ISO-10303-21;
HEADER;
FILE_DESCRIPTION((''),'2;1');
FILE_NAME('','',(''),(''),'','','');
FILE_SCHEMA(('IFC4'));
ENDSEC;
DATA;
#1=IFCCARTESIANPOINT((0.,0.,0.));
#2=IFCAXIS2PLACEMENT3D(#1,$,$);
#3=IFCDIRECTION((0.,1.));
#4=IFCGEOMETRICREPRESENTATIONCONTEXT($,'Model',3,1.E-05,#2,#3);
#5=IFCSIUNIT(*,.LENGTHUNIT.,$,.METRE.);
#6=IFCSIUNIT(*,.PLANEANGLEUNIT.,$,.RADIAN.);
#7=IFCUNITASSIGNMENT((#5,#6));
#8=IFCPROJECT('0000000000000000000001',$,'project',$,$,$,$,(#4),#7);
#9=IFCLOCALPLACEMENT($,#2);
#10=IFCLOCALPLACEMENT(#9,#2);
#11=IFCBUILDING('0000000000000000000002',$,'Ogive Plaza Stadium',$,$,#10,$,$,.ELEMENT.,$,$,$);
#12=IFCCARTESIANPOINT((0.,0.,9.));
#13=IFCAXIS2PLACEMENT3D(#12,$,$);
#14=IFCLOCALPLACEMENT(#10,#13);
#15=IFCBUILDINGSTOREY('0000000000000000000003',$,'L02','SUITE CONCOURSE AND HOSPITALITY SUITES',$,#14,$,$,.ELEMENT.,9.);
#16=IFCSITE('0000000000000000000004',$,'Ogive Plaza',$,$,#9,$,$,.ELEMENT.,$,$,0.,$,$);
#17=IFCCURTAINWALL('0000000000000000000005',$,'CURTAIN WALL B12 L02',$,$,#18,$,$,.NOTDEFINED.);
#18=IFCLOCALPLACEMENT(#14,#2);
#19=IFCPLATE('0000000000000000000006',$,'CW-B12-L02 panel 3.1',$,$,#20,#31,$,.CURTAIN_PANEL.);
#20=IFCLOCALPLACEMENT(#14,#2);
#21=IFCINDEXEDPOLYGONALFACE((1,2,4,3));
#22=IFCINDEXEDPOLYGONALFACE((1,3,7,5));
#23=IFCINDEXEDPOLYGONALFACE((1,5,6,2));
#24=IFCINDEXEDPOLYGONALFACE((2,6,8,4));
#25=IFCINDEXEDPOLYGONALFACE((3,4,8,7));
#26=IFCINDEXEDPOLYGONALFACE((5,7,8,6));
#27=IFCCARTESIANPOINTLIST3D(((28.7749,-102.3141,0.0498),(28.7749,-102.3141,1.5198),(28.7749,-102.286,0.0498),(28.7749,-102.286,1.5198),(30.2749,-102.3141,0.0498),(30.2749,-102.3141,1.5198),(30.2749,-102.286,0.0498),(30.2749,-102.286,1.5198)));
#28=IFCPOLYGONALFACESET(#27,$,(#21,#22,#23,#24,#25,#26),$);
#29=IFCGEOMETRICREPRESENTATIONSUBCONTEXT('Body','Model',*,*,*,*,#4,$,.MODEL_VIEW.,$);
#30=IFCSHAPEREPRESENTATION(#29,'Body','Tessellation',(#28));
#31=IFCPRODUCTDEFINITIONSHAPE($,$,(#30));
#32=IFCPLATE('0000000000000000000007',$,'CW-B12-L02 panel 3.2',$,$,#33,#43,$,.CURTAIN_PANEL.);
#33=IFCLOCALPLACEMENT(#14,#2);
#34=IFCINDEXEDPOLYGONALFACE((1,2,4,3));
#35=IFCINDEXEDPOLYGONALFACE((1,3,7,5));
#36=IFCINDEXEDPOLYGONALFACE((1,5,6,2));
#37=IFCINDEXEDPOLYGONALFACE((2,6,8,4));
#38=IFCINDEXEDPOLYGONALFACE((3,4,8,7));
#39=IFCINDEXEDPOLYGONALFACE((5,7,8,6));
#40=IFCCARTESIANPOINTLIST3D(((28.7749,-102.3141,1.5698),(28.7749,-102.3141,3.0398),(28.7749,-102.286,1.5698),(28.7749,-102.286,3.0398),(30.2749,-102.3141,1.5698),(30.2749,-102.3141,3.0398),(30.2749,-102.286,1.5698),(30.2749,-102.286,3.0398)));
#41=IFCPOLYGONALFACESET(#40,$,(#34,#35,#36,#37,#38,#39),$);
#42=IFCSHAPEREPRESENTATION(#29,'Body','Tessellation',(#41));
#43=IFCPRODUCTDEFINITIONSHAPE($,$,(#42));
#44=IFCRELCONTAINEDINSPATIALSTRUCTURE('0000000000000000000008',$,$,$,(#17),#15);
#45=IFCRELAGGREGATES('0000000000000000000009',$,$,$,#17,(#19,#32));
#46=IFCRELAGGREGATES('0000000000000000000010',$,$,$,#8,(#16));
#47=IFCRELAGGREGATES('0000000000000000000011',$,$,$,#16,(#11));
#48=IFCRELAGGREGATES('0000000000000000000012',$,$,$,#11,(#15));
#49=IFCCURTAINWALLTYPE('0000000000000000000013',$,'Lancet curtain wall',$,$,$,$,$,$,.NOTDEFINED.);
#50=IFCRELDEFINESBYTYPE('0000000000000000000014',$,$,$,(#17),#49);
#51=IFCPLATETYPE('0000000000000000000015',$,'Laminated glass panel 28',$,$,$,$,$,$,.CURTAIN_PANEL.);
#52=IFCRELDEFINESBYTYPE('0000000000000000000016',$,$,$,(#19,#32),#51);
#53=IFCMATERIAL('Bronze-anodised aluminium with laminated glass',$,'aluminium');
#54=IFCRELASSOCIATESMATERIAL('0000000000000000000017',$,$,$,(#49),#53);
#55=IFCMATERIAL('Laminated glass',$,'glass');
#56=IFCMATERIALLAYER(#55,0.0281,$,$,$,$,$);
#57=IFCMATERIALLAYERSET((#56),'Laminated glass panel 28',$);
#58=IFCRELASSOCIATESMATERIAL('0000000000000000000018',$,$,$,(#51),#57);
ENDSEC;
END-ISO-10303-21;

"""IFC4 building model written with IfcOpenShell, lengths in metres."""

from ifc_helpers import new_model, si_unit, direction, frame, origin, origin_2d, place, context, subcontext, project, spatial, rectangle, extrude, material, layer, layer_set, type_object, element, aggregate, save


model = new_model("IFC4")

# Units and contexts
model_context = context("Model", 3, precision=1e-05, world=origin(), true_north=direction((0.0, 1.0)))
body_context = subcontext(model_context, "Body", "Model", "MODEL_VIEW")
ifc_project = project(units=[si_unit("LENGTHUNIT", "METRE"), si_unit("PLANEANGLEUNIT", "RADIAN")], contexts=[model_context])

# Site, building, storey
site_placement = place(None, origin())
site = spatial("IfcSite", under=ifc_project, at=site_placement, Name="Ogive Plaza", CompositionType="ELEMENT", RefElevation=0.0)
building_placement = place(site_placement, origin())
building = spatial("IfcBuilding", under=site, at=building_placement, Name="Ogive Plaza Stadium", CompositionType="ELEMENT")
storey_placement = place(building_placement, frame((0.0, 0.0, 9.0)))
storey = spatial("IfcBuildingStorey", under=building, at=storey_placement, Name="L02", Description="SUITE CONCOURSE AND HOSPITALITY SUITES", CompositionType="ELEMENT", Elevation=9.0)

# Curtain wall
ifc_material_1 = material(Name="Bronze-anodised aluminium with laminated glass", Category="aluminium")
curtain_wall_type = type_object("IfcCurtainWallType", Name="Lancet curtain wall", PredefinedType="NOTDEFINED", material=ifc_material_1)
curtain_wall_1_placement = place(storey_placement, origin())
curtain_wall_1 = element("IfcCurtainWall", 1, at=curtain_wall_1_placement, inside=storey, type_object=curtain_wall_type, Name="CURTAIN WALL B12 L02", PredefinedType="NOTDEFINED")

# Plates
ifc_material_2 = material(Name="Laminated glass", Category="glass")
ifc_layer = layer(ifc_material_2, 0.0281)
ifc_layer_set = layer_set([ifc_layer], Name="Laminated glass panel 28")
plate_type = type_object("IfcPlateType", Name="Laminated glass panel 28", PredefinedType="CURTAIN_PANEL", material=ifc_layer_set)
plate_1_placement = place(storey_placement, frame((29.5249, -102.3, 0.0498), z_axis=(0.0, 0.0, 1.0), x_axis=(-1.0, 0.0, 0.0)))
plate_1 = element("IfcPlate", 2, at=plate_1_placement, type_object=plate_type, Name="CW-B12-L02 panel 3.1", PredefinedType="CURTAIN_PANEL", context=body_context, shape_type="SweptSolid", body=[
    extrude(rectangle(XDim=1.5, YDim=0.0281, at=origin_2d()), origin(), (0.0, 0.0, 1.0), 1.47),
])
plate_2_placement = place(storey_placement, frame((29.5249, -102.3, 1.5698), z_axis=(0.0, 0.0, 1.0), x_axis=(-1.0, 0.0, 0.0)))
plate_2 = element("IfcPlate", 3, at=plate_2_placement, type_object=plate_type, Name="CW-B12-L02 panel 3.2", PredefinedType="CURTAIN_PANEL", context=body_context, shape_type="SweptSolid", body=[
    extrude(rectangle(XDim=1.5, YDim=0.0281, at=origin_2d()), origin(), (0.0, 0.0, 1.0), 1.47),
])
aggregate(curtain_wall_1, [plate_1, plate_2])

save(model, "model.ifc")
